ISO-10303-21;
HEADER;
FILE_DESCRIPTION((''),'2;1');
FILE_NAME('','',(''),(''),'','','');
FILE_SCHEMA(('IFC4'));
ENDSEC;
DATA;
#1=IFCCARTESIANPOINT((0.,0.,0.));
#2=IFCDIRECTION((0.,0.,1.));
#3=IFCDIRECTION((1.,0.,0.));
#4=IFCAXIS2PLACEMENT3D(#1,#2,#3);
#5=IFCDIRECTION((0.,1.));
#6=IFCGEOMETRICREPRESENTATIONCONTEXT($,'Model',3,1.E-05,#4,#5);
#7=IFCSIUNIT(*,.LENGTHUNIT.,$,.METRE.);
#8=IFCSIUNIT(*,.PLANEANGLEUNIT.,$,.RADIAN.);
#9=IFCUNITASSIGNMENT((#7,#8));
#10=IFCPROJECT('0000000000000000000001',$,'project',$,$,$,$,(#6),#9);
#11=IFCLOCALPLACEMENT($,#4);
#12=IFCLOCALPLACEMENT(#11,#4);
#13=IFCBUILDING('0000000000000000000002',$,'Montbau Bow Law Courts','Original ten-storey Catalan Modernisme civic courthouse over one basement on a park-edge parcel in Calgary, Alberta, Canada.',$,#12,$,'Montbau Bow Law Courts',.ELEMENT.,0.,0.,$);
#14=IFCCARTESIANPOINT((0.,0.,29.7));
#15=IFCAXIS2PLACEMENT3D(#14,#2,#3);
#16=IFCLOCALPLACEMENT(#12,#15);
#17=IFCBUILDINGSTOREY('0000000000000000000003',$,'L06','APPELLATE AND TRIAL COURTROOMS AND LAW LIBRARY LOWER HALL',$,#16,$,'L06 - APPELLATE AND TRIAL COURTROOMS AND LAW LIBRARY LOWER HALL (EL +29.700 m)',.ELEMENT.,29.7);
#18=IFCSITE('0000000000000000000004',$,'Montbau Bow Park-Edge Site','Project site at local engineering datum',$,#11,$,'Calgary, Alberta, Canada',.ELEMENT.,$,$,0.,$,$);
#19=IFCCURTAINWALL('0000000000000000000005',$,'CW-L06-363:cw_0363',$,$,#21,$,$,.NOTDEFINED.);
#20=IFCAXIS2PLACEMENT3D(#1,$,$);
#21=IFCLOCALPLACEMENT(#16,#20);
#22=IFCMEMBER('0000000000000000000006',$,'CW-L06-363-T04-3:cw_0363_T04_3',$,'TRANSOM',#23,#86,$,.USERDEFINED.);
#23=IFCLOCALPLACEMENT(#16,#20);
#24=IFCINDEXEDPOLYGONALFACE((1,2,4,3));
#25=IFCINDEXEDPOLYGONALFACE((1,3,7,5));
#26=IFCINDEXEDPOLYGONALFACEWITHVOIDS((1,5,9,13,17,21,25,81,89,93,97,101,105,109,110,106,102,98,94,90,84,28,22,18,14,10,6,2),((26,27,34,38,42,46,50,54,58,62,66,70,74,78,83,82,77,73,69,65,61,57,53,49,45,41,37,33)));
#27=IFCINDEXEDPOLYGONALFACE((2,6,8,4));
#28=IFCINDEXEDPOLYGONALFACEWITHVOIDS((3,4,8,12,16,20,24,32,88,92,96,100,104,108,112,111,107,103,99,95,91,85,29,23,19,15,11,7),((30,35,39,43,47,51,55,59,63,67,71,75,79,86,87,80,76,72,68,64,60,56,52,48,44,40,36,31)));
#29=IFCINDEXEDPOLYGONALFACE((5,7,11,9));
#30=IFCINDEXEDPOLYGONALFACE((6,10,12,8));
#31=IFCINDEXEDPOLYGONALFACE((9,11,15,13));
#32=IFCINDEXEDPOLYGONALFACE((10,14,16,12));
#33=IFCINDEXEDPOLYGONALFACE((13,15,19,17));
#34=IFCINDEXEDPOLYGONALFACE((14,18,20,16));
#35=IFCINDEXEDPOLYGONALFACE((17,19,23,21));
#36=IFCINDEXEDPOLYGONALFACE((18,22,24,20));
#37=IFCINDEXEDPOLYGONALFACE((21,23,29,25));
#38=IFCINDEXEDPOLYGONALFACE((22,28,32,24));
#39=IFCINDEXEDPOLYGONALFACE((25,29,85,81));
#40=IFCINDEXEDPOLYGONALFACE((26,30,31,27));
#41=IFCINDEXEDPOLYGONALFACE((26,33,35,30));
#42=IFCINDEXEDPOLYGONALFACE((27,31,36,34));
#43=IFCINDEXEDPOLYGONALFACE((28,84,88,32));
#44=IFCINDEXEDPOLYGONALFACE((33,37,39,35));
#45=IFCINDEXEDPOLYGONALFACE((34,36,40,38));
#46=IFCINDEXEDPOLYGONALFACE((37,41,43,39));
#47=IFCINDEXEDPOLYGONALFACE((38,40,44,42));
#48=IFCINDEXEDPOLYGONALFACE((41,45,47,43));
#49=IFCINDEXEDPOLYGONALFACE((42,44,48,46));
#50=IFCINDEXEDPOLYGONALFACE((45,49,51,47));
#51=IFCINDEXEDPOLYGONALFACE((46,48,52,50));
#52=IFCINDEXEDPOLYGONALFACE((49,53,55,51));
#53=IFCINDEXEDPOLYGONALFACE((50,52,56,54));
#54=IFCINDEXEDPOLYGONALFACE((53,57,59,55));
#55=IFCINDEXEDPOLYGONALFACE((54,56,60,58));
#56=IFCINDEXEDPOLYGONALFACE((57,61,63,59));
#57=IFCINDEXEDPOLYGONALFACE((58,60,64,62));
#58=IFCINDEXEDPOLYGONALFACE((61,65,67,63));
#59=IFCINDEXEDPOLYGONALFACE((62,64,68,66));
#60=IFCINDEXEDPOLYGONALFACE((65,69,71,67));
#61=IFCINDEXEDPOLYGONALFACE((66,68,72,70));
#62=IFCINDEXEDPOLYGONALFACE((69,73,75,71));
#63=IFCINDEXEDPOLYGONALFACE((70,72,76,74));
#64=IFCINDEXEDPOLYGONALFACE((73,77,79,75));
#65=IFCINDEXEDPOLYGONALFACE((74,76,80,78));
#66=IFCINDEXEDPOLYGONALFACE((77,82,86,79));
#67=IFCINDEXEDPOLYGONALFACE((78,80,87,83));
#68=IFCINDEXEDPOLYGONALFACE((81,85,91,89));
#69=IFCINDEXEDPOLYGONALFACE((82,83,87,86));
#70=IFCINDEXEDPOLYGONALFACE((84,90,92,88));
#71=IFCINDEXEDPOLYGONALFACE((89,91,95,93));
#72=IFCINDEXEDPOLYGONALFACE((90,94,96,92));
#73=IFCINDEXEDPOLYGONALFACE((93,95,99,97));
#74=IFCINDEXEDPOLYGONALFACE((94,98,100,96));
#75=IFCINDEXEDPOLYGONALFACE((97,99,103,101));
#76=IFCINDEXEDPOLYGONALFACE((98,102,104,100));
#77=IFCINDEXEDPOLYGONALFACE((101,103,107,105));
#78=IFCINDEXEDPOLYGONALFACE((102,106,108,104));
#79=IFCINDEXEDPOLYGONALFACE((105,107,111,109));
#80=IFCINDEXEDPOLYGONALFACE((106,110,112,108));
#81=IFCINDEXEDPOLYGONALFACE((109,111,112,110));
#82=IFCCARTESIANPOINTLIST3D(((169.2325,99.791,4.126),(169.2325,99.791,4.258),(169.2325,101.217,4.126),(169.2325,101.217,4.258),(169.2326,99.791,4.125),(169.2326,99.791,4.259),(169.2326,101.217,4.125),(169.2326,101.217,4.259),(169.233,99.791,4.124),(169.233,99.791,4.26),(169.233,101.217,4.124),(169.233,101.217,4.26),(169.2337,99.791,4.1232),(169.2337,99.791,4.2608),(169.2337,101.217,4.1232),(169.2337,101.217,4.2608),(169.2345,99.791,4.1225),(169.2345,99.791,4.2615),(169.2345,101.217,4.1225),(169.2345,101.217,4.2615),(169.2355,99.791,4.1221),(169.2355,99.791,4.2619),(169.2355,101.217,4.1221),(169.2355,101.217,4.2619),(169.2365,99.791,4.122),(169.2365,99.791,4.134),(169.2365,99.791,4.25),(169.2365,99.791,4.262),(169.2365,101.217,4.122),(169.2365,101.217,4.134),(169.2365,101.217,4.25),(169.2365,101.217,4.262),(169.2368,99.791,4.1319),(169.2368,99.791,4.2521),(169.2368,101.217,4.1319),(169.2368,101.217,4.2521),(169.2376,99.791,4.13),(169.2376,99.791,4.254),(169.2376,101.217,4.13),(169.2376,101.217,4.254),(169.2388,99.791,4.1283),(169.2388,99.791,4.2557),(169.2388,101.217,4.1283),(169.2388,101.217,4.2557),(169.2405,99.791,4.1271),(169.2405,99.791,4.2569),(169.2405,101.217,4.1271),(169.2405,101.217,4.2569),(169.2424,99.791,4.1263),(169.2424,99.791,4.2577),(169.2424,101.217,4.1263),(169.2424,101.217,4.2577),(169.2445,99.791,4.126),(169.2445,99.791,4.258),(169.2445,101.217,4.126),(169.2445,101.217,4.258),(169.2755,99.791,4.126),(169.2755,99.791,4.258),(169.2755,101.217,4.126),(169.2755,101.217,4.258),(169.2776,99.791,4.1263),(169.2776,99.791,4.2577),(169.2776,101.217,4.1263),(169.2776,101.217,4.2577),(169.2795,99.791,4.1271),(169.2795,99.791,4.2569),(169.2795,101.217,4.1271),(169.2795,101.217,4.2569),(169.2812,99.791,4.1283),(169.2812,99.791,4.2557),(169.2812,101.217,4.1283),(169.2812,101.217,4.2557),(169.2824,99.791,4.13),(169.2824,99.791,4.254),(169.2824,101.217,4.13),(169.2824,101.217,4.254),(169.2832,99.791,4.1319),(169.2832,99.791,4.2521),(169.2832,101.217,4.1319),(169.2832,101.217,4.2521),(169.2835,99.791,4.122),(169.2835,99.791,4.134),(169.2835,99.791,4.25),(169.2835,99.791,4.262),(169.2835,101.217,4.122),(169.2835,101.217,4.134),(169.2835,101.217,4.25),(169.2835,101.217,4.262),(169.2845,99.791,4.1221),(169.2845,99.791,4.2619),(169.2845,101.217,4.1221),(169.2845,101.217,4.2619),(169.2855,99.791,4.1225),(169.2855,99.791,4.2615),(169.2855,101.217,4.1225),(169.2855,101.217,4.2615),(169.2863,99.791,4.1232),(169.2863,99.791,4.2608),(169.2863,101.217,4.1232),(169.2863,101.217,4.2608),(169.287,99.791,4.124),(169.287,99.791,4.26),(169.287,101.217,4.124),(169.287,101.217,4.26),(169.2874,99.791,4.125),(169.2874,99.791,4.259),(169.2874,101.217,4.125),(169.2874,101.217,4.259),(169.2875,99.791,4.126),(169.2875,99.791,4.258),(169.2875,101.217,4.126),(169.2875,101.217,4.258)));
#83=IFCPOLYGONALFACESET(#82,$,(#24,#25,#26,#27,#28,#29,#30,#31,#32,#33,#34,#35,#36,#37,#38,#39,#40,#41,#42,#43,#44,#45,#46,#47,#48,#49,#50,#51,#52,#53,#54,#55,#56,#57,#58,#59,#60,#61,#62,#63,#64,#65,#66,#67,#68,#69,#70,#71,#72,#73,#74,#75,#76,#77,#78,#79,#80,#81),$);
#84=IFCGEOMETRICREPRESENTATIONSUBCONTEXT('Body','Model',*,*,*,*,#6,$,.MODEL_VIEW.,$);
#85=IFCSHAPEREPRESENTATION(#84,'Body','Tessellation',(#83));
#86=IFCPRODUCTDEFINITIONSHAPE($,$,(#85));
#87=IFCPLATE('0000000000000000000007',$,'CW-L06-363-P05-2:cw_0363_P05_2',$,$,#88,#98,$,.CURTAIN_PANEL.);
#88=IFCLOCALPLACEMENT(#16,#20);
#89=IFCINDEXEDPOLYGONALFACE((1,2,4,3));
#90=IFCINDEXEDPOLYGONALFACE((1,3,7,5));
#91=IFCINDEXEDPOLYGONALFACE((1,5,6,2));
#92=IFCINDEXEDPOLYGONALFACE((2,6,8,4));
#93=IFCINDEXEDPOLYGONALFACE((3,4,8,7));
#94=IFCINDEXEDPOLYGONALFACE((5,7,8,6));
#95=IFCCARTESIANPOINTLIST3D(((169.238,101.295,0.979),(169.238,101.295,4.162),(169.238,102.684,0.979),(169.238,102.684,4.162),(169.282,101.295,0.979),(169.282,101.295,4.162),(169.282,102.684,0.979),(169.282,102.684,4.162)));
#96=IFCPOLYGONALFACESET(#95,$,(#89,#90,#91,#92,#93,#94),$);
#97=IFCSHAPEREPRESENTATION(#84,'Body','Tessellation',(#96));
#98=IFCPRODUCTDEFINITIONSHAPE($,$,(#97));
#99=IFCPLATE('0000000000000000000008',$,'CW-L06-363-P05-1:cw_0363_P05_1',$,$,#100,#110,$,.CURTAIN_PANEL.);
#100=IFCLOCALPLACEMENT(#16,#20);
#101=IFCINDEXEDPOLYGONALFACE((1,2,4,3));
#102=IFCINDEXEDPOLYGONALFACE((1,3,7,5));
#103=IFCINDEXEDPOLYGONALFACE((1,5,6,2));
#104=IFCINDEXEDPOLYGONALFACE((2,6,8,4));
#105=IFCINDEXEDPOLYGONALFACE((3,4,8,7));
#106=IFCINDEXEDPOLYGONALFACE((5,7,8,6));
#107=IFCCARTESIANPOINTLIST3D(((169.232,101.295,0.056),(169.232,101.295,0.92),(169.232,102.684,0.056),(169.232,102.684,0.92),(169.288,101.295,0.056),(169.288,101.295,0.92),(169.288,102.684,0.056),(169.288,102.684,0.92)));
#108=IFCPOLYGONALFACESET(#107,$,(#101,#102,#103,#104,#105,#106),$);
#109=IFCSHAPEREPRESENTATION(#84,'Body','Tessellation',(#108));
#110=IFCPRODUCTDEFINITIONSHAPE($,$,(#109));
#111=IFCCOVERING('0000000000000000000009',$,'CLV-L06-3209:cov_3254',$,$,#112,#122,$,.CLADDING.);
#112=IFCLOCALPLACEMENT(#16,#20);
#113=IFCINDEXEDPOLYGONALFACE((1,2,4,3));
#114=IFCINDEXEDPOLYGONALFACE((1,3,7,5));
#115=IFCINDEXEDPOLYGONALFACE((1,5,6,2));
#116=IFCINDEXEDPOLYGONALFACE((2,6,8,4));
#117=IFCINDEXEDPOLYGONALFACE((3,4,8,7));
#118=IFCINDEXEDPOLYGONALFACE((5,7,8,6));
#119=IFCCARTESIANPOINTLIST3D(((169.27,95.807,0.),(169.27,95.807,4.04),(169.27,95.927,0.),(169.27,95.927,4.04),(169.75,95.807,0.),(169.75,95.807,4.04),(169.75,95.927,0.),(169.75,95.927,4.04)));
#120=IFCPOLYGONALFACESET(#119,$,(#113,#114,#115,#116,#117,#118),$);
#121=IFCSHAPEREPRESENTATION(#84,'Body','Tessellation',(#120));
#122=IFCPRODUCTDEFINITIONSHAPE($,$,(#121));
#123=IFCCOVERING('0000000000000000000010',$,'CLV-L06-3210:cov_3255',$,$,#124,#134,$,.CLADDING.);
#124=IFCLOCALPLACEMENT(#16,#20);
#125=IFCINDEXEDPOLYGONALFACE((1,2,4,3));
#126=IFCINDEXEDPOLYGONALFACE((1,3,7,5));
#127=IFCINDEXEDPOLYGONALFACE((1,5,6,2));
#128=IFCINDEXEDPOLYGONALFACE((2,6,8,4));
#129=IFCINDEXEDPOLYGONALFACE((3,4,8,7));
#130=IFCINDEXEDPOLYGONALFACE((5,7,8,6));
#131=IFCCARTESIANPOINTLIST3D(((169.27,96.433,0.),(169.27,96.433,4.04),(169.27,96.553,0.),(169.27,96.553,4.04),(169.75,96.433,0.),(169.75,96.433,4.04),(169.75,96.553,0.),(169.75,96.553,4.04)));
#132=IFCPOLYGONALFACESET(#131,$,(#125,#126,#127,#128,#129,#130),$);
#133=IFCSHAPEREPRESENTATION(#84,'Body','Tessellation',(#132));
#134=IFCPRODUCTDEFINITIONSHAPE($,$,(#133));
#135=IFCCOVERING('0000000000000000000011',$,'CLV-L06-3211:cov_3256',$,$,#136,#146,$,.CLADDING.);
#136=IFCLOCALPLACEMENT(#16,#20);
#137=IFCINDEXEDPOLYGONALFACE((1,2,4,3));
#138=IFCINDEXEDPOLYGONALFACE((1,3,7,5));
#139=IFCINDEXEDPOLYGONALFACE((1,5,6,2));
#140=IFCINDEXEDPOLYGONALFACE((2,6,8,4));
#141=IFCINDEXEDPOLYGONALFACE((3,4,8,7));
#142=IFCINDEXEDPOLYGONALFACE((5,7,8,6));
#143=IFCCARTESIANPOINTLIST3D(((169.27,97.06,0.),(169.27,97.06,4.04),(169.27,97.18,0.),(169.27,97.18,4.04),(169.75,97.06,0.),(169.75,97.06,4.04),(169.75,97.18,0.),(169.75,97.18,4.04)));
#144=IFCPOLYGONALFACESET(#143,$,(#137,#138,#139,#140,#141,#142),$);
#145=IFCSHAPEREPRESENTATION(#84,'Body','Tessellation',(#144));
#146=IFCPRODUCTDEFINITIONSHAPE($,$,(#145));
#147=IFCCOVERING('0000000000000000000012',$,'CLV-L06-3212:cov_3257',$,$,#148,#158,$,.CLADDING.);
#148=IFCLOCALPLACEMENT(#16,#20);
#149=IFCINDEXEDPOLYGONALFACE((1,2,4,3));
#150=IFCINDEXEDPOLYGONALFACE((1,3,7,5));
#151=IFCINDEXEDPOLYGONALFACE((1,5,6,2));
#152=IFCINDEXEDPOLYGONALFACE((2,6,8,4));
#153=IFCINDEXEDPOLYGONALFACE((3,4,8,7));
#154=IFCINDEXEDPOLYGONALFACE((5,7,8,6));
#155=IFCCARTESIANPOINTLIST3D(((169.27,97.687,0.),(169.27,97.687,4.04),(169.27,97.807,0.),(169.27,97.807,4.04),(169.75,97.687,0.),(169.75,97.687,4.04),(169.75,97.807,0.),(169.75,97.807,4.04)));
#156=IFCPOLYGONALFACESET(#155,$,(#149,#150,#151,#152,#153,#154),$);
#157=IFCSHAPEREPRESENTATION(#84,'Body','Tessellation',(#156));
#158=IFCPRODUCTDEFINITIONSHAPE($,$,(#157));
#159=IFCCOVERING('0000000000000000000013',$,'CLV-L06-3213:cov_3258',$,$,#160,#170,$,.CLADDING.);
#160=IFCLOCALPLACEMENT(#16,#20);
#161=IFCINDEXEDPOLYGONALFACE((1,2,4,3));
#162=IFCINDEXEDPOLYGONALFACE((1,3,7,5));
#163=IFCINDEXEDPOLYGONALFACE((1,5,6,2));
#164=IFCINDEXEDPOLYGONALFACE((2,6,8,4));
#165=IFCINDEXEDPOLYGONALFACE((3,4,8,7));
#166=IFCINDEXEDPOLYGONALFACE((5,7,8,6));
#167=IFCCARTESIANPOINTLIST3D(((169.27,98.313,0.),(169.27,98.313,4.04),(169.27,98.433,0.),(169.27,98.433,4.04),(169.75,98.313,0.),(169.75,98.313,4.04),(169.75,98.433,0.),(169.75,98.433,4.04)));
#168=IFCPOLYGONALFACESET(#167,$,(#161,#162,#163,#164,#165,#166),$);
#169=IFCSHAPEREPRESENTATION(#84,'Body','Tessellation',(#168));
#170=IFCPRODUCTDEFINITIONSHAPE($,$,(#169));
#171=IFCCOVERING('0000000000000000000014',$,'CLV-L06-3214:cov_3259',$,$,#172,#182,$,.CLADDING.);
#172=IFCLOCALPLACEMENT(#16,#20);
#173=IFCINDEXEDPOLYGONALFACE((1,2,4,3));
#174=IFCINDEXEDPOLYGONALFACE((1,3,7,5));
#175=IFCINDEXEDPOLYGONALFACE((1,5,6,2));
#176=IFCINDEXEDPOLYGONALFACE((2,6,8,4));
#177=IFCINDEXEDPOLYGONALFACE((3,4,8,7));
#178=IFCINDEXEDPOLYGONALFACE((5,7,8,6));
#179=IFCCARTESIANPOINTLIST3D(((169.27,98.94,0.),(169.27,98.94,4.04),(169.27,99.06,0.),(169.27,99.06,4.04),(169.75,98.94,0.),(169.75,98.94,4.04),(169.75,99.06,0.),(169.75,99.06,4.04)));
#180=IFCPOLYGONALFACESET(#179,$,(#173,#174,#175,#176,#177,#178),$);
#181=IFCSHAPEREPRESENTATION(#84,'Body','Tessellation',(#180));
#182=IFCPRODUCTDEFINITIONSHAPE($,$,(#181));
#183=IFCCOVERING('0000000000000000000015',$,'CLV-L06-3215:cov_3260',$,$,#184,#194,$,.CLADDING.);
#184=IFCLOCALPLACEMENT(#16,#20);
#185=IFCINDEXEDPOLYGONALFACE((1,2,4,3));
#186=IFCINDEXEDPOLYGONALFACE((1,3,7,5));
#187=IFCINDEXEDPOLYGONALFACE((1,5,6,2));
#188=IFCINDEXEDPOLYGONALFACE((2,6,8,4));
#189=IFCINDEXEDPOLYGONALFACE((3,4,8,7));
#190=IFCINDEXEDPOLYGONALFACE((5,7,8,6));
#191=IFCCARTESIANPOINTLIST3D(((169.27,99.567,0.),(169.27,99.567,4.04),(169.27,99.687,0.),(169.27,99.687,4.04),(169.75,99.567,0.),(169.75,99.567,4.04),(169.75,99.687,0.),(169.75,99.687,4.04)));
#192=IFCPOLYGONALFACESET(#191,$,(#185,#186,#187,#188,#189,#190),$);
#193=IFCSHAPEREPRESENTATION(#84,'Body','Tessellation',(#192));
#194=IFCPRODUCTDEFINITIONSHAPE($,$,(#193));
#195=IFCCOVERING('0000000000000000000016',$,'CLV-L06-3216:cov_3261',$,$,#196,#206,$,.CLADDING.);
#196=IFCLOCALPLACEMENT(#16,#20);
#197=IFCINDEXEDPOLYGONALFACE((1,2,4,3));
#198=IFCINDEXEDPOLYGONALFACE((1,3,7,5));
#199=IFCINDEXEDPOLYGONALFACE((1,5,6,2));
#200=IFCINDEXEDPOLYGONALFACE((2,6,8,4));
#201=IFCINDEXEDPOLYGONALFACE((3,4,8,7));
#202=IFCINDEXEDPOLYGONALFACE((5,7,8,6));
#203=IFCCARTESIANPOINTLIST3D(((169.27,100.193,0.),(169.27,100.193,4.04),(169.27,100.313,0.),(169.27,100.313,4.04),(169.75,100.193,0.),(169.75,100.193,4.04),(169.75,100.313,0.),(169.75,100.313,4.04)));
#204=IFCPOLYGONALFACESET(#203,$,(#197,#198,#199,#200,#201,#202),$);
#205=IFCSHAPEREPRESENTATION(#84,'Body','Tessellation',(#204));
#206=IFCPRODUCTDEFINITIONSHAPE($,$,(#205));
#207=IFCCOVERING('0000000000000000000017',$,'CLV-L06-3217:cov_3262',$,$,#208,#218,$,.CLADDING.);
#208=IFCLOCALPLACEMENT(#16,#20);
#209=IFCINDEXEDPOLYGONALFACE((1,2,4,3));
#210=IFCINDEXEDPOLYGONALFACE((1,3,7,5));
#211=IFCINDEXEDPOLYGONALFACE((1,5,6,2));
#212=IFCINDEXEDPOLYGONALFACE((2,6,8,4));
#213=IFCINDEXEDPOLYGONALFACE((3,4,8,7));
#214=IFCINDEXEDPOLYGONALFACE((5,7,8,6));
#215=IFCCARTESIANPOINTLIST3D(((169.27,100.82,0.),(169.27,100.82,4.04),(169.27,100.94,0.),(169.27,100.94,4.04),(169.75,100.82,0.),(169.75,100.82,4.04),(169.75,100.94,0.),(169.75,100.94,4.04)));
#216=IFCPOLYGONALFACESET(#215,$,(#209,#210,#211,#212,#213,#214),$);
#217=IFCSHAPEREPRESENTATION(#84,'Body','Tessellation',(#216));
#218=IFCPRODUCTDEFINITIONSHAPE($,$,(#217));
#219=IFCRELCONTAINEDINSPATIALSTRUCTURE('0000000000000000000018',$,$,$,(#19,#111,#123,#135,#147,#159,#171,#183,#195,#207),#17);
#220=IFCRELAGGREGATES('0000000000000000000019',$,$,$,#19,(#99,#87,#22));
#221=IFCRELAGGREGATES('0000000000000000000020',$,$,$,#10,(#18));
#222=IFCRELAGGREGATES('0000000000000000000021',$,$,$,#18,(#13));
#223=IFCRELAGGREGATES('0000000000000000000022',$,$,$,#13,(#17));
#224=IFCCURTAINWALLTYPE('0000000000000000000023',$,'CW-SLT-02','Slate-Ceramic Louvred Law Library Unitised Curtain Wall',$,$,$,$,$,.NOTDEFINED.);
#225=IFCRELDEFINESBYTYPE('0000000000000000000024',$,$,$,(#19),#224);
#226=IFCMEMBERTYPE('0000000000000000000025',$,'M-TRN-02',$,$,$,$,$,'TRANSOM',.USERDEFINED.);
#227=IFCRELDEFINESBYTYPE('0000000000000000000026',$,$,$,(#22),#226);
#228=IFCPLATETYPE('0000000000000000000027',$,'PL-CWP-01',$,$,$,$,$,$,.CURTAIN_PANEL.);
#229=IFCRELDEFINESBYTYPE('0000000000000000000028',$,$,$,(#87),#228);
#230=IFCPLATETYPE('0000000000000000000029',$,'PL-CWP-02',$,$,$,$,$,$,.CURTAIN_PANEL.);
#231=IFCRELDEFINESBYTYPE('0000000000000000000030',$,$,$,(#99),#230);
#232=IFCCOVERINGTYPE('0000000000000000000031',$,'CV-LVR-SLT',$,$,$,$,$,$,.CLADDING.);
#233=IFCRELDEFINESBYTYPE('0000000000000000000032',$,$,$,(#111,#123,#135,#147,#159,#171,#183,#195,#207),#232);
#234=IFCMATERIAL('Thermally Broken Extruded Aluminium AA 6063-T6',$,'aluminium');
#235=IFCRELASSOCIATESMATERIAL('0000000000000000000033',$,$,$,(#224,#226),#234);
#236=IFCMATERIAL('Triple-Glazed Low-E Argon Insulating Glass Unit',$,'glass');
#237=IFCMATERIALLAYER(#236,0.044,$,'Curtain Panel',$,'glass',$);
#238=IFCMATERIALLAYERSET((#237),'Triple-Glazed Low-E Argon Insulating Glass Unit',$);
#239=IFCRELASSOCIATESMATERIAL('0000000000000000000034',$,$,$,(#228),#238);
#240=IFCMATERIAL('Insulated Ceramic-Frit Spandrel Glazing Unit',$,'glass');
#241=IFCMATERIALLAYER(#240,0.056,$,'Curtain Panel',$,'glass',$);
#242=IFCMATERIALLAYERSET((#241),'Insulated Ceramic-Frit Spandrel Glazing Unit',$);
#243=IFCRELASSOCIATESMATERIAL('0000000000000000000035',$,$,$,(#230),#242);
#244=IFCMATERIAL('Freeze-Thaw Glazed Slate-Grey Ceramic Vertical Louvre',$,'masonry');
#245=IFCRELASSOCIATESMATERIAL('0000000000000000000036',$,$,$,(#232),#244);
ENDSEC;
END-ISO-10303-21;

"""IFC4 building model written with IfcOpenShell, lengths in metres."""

from ifc_helpers import new_model, si_unit, direction, frame, frame_2d, origin_with_axes, origin_2d_with_axis, place, context, subcontext, project, spatial, rectangle, hollow_rectangle, extrude, material, layer, layer_set, material_profile, profile_set, type_object, element, aggregate, save


model = new_model("IFC4")

# Units and contexts
model_context = context("Model", 3, precision=1e-05, world=origin_with_axes(), true_north=direction((0.0, 1.0)))
body_context = subcontext(model_context, "Body", "Model", "MODEL_VIEW")
ifc_project = project(units=[si_unit("LENGTHUNIT", "METRE"), si_unit("PLANEANGLEUNIT", "RADIAN")], contexts=[model_context])

# Site, building, storey
site_placement = place(None, origin_with_axes())
site = spatial("IfcSite", under=ifc_project, at=site_placement, Name="Montbau Bow Park-Edge Site", Description="Project site at local engineering datum", LongName="Calgary, Alberta, Canada", CompositionType="ELEMENT", RefElevation=0.0)
building_placement = place(site_placement, origin_with_axes())
building = spatial("IfcBuilding", under=site, at=building_placement, Name="Montbau Bow Law Courts", Description="Original ten-storey Catalan Modernisme civic courthouse over one basement on a park-edge parcel in Calgary, Alberta, Canada.", LongName="Montbau Bow Law Courts", CompositionType="ELEMENT", ElevationOfRefHeight=0.0, ElevationOfTerrain=0.0)
storey_placement = place(building_placement, frame((0.0, 0.0, 29.7), z_axis=(0.0, 0.0, 1.0), x_axis=(1.0, 0.0, 0.0)))
storey = spatial("IfcBuildingStorey", under=building, at=storey_placement, Name="L06", Description="APPELLATE AND TRIAL COURTROOMS AND LAW LIBRARY LOWER HALL", LongName="L06 - APPELLATE AND TRIAL COURTROOMS AND LAW LIBRARY LOWER HALL (EL +29.700 m)", CompositionType="ELEMENT", Elevation=29.7)

# Curtain wall, member, plates
ifc_material_1 = material(Name="Thermally Broken Extruded Aluminium AA 6063-T6", Category="aluminium")
curtain_wall_type = type_object("IfcCurtainWallType", Name="CW-SLT-02", Description="Slate-Ceramic Louvred Law Library Unitised Curtain Wall", PredefinedType="NOTDEFINED", material=ifc_material_1)
curtain_wall_placement = place(None, frame((169.26, 95.24, 29.7), z_axis=(0.0, 0.0, 1.0), x_axis=(1.0, 0.0, 0.0)))
curtain_wall = element("IfcCurtainWall", 1, at=curtain_wall_placement, inside=storey, type_object=curtain_wall_type, Name="CW-L06-363:cw_0363", PredefinedType="NOTDEFINED")
ifc_material_profile_1 = material_profile(ifc_material_1, hollow_rectangle(XDim=0.055, YDim=0.14, WallThickness=0.004, InnerFilletRadius=0.008, OuterFilletRadius=0.004, at=origin_2d_with_axis()), Name="CWT-140X55", Category="Main", Priority=0)
ifc_profile_set_1 = profile_set([ifc_material_profile_1], Name="Thermally Broken Extruded Aluminium AA 6063-T6")
member_type_1 = type_object("IfcMemberType", Name="M-TRN-02", ElementType="TRANSOM", PredefinedType="USERDEFINED", material=ifc_profile_set_1)
member_1_placement = place(None, frame((169.26, 99.791, 33.892), z_axis=(0.0, 1.0, 0.0), x_axis=(-1.0, 0.0, 0.0)))
member_1 = element("IfcMember", 2, at=member_1_placement, type_object=member_type_1, Name="CW-L06-363-T04-3:cw_0363_T04_3", ObjectType="TRANSOM", PredefinedType="USERDEFINED", context=body_context, shape_type="SweptSolid", body=[
    extrude(hollow_rectangle(XDim=0.055, YDim=0.14, WallThickness=0.004, InnerFilletRadius=0.008, OuterFilletRadius=0.004, at=origin_2d_with_axis()), origin_with_axes(), (0.0, 0.0, 1.0), 1.426),
])
ifc_material_2 = material(Name="Triple-Glazed Low-E Argon Insulating Glass Unit", Category="glass")
ifc_layer_1 = layer(ifc_material_2, 0.044, Name="Curtain Panel", Category="glass")
ifc_layer_set_1 = layer_set([ifc_layer_1], Name="Triple-Glazed Low-E Argon Insulating Glass Unit")
plate_type_1 = type_object("IfcPlateType", Name="PL-CWP-01", PredefinedType="CURTAIN_PANEL", material=ifc_layer_set_1)
plate_1_placement = place(None, frame((169.26, 101.295, 30.679), z_axis=(1.0, 0.0, 0.0), x_axis=(0.0, 1.0, 0.0)))
plate_1 = element("IfcPlate", 3, at=plate_1_placement, type_object=plate_type_1, Name="CW-L06-363-P05-2:cw_0363_P05_2", PredefinedType="CURTAIN_PANEL", context=body_context, shape_type="SweptSolid", body=[
    extrude(rectangle(XDim=1.389, YDim=3.183, at=frame_2d((0.6945, 1.5915), x_axis=(1.0, 0.0))), frame((0.0, 0.0, -0.022), z_axis=(0.0, 0.0, 1.0), x_axis=(1.0, 0.0, 0.0)), (0.0, 0.0, 1.0), 0.044),
])
ifc_material_3 = material(Name="Insulated Ceramic-Frit Spandrel Glazing Unit", Category="glass")
ifc_layer_2 = layer(ifc_material_3, 0.056, Name="Curtain Panel", Category="glass")
ifc_layer_set_2 = layer_set([ifc_layer_2], Name="Insulated Ceramic-Frit Spandrel Glazing Unit")
plate_type_2 = type_object("IfcPlateType", Name="PL-CWP-02", PredefinedType="CURTAIN_PANEL", material=ifc_layer_set_2)
plate_2_placement = place(None, frame((169.26, 101.295, 29.756), z_axis=(1.0, 0.0, 0.0), x_axis=(0.0, 1.0, 0.0)))
plate_2 = element("IfcPlate", 4, at=plate_2_placement, type_object=plate_type_2, Name="CW-L06-363-P05-1:cw_0363_P05_1", PredefinedType="CURTAIN_PANEL", context=body_context, shape_type="SweptSolid", body=[
    extrude(rectangle(XDim=1.389, YDim=0.864, at=frame_2d((0.6945, 0.432), x_axis=(1.0, 0.0))), frame((0.0, 0.0, -0.028), z_axis=(0.0, 0.0, 1.0), x_axis=(1.0, 0.0, 0.0)), (0.0, 0.0, 1.0), 0.056),
])
aggregate(curtain_wall, [plate_2, plate_1, member_1])

# Coverings
ifc_material_4 = material(Name="Freeze-Thaw Glazed Slate-Grey Ceramic Vertical Louvre", Category="masonry")
covering_type = type_object("IfcCoveringType", Name="CV-LVR-SLT", PredefinedType="CLADDING", material=ifc_material_4)
for number, where, z_axis, x_axis, name in (
    (5, (169.27, 95.867, 29.7), (0.0, -1.0, 0.0), (1.0, 0.0, 0.0), "CLV-L06-3209:cov_3254"),
    (6, (169.27, 96.493, 29.7), (0.0, -1.0, 0.0), (1.0, 0.0, 0.0), "CLV-L06-3210:cov_3255"),
    (7, (169.27, 97.12, 29.7), (0.0, -1.0, 0.0), (1.0, 0.0, 0.0), "CLV-L06-3211:cov_3256"),
    (8, (169.27, 97.747, 29.7), (0.0, -1.0, 0.0), (1.0, 0.0, 0.0), "CLV-L06-3212:cov_3257"),
    (9, (169.27, 98.373, 29.7), (0.0, -1.0, 0.0), (1.0, 0.0, 0.0), "CLV-L06-3213:cov_3258"),
    (10, (169.27, 99.0, 29.7), (0.0, -1.0, 0.0), (1.0, 0.0, 0.0), "CLV-L06-3214:cov_3259"),
    (11, (169.27, 99.627, 29.7), (0.0, -1.0, 0.0), (1.0, 0.0, 0.0), "CLV-L06-3215:cov_3260"),
    (12, (169.27, 100.253, 29.7), (0.0, -1.0, 0.0), (1.0, 0.0, 0.0), "CLV-L06-3216:cov_3261"),
    (13, (169.27, 100.88, 29.7), (0.0, -1.0, 0.0), (1.0, 0.0, 0.0), "CLV-L06-3217:cov_3262"),
):
    element("IfcCovering", number, at=place(None, frame(where, z_axis=z_axis, x_axis=x_axis)), inside=storey, type_object=covering_type, Name=name, PredefinedType="CLADDING", context=body_context, shape_type="SweptSolid", body=[
        extrude(rectangle(XDim=0.48, YDim=4.04, at=frame_2d((0.24, 2.02), x_axis=(1.0, 0.0))), frame((0.0, 0.0, -0.06), z_axis=(0.0, 0.0, 1.0), x_axis=(1.0, 0.0, 0.0)), (0.0, 0.0, 1.0), 0.12),
    ])

save(model, "model.ifc")
